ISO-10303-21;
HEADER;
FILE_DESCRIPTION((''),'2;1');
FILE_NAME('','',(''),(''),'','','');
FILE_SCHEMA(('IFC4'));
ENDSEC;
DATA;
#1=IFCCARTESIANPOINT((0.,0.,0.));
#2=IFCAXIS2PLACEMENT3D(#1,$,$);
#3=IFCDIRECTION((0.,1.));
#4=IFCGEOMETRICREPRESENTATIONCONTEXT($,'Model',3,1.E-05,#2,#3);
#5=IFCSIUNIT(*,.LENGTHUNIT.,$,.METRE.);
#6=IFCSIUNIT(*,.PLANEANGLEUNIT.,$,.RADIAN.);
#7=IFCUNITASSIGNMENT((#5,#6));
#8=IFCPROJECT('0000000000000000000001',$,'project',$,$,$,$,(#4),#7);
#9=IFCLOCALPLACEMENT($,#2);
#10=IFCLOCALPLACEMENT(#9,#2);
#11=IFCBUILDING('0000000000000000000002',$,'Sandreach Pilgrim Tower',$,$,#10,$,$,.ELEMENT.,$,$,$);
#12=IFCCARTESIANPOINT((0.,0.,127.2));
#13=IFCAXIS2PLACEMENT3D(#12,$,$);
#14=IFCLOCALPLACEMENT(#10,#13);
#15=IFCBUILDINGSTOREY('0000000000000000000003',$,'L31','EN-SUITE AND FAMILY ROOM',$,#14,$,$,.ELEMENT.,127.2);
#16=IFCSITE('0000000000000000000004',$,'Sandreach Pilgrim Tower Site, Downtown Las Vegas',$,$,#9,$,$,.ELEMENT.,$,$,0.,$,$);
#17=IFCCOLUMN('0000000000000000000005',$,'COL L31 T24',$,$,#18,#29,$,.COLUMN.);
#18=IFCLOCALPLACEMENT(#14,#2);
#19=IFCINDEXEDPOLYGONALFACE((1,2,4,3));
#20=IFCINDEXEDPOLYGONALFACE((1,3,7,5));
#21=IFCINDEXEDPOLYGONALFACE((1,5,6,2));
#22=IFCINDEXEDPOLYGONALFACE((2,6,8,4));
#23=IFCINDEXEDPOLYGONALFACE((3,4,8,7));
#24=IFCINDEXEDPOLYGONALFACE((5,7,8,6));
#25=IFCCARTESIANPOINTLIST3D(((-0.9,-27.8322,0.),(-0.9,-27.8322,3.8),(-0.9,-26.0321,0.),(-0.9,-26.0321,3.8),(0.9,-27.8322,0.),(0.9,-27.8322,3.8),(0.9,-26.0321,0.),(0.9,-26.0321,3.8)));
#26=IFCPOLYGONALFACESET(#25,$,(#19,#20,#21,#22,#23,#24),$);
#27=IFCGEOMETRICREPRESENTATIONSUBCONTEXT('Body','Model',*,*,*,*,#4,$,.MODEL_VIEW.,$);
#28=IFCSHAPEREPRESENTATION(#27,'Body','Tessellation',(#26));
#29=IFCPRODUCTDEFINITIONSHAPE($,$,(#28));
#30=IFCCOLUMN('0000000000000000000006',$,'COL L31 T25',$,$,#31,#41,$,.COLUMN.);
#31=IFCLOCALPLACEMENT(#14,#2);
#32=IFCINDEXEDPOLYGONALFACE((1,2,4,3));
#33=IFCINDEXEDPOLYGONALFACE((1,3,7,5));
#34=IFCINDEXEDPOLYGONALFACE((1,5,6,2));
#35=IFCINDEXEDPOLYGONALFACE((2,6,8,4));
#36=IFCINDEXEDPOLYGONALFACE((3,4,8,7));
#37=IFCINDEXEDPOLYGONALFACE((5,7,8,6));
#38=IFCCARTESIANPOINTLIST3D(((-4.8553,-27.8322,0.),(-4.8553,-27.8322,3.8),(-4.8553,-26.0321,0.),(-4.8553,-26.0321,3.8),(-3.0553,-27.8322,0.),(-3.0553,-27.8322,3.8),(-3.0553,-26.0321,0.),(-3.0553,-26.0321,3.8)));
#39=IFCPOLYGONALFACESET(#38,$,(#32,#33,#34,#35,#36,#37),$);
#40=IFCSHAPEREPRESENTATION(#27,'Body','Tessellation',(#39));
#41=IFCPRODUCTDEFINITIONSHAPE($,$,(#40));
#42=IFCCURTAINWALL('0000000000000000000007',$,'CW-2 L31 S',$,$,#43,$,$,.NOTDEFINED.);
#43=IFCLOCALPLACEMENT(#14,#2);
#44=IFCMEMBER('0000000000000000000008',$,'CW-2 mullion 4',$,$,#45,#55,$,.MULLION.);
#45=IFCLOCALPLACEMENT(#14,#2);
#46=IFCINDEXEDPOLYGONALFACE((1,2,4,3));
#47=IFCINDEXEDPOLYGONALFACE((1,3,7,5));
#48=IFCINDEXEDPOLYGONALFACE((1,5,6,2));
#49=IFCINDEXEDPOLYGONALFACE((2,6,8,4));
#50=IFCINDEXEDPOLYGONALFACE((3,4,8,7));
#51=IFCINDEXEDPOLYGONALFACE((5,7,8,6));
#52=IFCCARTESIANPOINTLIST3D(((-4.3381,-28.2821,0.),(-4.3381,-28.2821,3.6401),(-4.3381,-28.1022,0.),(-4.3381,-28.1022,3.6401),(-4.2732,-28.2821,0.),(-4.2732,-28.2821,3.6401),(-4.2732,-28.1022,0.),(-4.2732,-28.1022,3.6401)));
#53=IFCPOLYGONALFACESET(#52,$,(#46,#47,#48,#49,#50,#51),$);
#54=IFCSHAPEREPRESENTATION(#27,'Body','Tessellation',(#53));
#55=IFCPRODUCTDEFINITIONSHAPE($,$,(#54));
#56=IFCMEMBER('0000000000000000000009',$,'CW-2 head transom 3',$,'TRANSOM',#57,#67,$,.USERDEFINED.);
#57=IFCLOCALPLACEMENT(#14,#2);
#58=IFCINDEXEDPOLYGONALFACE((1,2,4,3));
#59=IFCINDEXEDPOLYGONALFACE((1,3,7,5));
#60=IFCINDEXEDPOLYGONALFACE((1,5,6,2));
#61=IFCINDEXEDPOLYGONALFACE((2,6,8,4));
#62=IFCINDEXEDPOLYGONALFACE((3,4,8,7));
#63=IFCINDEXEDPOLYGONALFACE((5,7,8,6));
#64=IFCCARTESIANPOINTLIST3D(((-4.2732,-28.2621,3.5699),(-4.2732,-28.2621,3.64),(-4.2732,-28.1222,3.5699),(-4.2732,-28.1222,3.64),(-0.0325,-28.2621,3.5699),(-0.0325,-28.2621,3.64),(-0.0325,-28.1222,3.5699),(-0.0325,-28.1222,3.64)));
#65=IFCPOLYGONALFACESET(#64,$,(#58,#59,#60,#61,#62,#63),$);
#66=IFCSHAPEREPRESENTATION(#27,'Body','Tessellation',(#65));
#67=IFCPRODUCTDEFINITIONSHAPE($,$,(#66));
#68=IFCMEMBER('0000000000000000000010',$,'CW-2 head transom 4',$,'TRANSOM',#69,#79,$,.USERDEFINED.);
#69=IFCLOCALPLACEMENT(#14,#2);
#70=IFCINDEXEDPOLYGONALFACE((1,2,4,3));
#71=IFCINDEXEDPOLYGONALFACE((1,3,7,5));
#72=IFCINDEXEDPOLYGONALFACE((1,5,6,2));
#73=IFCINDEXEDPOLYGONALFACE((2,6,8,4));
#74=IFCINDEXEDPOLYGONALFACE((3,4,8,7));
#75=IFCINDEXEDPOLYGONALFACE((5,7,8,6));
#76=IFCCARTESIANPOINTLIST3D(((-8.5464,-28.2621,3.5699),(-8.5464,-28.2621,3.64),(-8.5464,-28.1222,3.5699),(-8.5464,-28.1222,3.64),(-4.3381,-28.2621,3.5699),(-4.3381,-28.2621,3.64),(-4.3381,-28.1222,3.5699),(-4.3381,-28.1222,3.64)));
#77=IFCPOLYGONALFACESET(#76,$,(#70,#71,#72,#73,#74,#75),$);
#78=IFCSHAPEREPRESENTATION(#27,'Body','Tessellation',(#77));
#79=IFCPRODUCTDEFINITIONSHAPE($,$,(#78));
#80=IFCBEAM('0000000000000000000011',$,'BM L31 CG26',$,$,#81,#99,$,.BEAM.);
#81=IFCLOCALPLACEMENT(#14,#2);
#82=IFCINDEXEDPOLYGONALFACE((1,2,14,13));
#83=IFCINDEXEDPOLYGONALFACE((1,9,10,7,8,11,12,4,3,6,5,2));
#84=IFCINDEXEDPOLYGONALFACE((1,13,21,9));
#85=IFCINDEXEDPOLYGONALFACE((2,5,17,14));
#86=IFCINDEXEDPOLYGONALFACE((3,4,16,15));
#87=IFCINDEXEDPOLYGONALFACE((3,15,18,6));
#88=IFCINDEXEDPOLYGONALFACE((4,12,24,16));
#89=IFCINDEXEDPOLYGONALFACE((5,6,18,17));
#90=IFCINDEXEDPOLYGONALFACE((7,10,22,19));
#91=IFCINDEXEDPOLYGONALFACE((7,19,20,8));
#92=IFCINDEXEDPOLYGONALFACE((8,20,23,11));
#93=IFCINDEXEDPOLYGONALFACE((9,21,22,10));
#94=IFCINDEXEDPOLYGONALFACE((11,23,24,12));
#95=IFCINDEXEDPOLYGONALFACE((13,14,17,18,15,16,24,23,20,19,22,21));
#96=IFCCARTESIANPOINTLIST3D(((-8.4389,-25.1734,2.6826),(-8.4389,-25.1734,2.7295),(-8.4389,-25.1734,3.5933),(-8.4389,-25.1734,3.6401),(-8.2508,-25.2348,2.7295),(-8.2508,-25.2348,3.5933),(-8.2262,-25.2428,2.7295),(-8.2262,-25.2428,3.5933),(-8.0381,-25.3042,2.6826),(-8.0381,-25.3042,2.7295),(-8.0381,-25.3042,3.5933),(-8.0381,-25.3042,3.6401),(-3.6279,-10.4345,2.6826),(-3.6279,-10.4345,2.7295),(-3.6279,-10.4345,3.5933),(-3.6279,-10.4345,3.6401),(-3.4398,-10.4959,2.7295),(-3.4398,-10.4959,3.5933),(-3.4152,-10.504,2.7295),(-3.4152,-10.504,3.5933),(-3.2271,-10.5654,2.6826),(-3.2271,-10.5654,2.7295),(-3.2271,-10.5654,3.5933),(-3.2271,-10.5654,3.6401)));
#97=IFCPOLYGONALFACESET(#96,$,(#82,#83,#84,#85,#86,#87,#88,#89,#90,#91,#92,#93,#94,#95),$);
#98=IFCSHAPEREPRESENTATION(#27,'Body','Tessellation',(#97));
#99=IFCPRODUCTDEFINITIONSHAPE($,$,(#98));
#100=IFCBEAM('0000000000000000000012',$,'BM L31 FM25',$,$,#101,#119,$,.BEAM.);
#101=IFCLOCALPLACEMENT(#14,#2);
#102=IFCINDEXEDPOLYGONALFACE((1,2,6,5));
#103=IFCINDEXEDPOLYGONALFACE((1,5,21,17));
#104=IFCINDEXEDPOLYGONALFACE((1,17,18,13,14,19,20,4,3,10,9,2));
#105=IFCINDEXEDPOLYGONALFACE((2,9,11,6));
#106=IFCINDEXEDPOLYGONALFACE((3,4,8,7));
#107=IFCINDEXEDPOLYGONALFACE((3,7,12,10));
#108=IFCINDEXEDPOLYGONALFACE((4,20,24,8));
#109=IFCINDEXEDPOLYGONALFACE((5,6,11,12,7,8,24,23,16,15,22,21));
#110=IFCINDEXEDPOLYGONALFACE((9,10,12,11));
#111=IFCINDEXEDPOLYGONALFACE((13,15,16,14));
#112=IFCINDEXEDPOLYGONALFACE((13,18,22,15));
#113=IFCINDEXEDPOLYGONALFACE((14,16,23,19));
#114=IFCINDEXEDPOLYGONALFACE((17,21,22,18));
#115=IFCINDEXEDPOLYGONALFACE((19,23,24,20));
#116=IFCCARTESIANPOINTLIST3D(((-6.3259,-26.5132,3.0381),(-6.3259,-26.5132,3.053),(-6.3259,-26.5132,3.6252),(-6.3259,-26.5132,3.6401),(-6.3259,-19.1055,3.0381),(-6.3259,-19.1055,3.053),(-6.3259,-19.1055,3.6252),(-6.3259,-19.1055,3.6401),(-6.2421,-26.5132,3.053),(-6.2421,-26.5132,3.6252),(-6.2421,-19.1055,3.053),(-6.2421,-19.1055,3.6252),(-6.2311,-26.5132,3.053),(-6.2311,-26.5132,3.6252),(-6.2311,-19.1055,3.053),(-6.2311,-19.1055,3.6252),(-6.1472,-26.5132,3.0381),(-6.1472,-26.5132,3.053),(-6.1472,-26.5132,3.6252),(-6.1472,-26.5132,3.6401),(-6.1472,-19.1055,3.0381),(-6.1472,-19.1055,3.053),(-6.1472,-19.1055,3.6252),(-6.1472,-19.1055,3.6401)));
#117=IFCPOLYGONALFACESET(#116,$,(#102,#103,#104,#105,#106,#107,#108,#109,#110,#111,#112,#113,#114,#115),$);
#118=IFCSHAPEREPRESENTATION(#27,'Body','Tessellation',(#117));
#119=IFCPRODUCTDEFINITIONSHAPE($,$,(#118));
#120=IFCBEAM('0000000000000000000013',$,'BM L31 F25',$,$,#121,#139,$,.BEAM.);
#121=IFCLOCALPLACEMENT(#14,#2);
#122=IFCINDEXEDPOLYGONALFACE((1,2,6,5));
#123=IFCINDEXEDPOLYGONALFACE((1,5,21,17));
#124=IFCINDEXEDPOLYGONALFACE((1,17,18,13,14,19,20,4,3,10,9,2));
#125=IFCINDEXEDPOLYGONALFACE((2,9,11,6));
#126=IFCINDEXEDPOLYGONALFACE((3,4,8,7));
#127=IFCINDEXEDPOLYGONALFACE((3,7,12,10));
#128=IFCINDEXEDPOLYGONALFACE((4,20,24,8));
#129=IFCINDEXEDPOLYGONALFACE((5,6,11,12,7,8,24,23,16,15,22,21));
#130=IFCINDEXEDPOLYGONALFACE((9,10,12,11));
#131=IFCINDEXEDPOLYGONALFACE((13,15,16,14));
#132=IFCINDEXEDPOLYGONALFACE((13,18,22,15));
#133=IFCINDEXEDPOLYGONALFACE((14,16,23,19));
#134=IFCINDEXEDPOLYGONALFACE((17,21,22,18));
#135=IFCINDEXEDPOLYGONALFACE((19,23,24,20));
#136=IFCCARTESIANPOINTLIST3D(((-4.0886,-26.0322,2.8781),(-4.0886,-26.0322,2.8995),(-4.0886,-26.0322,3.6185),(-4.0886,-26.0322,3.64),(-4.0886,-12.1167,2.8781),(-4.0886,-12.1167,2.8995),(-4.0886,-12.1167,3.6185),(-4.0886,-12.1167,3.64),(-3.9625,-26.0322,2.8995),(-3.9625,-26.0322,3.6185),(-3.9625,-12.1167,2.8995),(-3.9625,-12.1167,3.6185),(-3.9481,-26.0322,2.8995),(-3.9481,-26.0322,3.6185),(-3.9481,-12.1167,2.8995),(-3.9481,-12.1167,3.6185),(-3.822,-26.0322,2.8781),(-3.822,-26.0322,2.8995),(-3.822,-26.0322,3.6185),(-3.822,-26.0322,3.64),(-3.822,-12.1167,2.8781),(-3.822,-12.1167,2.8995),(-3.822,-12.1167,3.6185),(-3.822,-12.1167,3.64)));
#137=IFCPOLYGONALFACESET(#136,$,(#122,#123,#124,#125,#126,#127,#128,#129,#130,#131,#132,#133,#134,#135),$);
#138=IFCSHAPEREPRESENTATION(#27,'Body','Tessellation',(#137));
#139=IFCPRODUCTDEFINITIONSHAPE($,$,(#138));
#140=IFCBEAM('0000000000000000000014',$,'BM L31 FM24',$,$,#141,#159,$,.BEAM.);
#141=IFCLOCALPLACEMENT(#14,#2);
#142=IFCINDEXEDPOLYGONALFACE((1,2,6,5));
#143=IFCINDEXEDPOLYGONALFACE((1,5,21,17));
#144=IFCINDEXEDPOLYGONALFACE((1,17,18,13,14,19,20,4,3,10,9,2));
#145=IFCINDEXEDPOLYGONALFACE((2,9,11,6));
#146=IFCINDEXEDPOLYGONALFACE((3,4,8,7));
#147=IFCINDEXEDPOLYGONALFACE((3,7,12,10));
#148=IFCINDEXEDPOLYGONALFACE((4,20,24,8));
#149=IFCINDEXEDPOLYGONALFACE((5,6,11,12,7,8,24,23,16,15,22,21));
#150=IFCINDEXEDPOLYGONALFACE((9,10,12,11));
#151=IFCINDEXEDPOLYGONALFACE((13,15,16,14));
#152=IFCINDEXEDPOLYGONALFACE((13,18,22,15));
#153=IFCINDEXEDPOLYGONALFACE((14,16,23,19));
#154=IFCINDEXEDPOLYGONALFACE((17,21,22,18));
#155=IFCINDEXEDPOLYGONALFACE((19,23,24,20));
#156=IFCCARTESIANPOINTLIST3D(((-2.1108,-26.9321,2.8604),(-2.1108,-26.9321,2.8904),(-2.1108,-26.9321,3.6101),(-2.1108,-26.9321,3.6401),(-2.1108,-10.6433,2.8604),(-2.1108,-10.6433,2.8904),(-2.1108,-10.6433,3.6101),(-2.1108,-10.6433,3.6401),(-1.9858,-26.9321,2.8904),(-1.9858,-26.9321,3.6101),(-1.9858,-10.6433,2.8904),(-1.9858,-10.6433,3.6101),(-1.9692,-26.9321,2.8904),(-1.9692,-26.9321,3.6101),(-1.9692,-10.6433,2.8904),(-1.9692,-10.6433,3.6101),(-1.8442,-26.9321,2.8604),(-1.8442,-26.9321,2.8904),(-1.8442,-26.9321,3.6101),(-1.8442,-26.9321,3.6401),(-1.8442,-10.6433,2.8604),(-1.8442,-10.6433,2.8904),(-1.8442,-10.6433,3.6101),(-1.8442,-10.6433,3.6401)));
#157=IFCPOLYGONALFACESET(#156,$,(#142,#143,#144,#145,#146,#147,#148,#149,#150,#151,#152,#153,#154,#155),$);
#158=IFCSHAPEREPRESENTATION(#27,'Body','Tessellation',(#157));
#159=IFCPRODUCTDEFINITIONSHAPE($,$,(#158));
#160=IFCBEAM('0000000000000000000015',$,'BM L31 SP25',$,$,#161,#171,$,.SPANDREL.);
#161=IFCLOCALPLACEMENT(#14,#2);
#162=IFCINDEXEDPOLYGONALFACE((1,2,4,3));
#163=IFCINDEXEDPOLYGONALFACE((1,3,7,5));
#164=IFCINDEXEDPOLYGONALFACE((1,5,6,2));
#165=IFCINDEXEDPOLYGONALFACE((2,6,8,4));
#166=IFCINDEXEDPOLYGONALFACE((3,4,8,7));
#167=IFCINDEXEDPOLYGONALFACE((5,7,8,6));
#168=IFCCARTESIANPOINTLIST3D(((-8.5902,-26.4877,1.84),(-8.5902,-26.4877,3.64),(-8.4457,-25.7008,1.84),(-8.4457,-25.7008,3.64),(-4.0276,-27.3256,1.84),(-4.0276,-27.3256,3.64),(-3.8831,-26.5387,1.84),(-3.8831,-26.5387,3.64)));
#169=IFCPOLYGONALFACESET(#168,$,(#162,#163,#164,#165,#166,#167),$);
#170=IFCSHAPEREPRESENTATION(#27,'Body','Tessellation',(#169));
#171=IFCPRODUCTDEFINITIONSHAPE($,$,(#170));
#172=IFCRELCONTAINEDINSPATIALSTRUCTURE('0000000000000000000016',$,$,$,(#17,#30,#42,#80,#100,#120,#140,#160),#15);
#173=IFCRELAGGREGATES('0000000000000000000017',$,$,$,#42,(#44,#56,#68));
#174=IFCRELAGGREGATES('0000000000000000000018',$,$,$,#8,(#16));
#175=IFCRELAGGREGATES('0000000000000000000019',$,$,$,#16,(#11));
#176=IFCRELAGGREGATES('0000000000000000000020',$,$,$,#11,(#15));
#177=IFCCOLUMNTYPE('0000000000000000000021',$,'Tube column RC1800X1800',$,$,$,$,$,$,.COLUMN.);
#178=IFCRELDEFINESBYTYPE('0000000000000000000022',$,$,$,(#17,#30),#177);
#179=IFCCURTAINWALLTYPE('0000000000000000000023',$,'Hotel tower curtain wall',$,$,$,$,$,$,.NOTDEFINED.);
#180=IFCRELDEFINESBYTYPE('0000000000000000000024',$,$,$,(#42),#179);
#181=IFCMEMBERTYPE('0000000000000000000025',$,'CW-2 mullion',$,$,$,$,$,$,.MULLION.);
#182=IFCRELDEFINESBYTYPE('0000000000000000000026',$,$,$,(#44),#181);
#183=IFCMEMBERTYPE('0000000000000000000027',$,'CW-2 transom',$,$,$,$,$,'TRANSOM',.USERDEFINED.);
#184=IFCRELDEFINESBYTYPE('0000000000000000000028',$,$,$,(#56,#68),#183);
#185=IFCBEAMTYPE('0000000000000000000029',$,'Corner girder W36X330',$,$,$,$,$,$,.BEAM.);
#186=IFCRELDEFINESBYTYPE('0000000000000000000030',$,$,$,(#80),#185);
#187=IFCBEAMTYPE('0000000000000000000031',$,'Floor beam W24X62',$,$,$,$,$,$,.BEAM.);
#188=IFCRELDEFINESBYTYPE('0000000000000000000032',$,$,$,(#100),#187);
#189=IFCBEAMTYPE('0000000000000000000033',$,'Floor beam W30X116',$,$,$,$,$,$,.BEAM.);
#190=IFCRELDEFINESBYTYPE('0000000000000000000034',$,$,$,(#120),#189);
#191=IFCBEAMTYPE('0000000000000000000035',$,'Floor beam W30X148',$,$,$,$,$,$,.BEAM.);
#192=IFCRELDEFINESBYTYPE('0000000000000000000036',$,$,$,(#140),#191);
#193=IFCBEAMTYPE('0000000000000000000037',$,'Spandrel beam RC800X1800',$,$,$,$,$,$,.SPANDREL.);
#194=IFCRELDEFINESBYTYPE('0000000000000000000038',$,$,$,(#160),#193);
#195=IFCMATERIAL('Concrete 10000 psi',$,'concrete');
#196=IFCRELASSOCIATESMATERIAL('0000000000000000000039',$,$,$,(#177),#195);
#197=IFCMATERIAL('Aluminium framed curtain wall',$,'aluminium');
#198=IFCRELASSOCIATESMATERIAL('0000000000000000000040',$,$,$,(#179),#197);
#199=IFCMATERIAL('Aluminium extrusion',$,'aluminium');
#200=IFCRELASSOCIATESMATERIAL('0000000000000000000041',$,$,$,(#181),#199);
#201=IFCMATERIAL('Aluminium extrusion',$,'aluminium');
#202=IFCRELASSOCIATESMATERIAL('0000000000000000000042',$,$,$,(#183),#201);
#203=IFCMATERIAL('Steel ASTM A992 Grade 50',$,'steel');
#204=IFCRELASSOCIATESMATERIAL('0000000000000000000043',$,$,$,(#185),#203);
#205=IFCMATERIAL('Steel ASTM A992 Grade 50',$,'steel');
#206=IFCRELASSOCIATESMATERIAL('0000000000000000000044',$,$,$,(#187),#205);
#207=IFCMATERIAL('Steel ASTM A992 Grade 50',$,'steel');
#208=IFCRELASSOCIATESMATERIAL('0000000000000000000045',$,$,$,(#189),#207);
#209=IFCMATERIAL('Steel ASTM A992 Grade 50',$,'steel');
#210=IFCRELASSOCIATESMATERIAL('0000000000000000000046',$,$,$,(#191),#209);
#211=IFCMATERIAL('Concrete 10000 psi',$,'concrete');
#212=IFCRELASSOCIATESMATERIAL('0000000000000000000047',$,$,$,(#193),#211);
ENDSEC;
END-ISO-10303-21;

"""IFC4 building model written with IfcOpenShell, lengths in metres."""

from ifc_helpers import new_model, si_unit, direction, frame, origin, origin_2d, place, context, subcontext, project, spatial, rectangle, i_section, extrude, material, material_profile, profile_set, type_object, element, aggregate, save


model = new_model("IFC4")

# Units and contexts
model_context = context("Model", 3, precision=1e-05, world=origin(), true_north=direction((0.0, 1.0)))
body_context = subcontext(model_context, "Body", "Model", "MODEL_VIEW")
ifc_project = project(units=[si_unit("LENGTHUNIT", "METRE"), si_unit("PLANEANGLEUNIT", "RADIAN")], contexts=[model_context])

# Site, building, storey
site_placement = place(None, origin())
site = spatial("IfcSite", under=ifc_project, at=site_placement, Name="Sandreach Pilgrim Tower Site, Downtown Las Vegas", CompositionType="ELEMENT", RefElevation=0.0)
building_placement = place(site_placement, origin())
building = spatial("IfcBuilding", under=site, at=building_placement, Name="Sandreach Pilgrim Tower", CompositionType="ELEMENT")
storey_placement = place(building_placement, frame((0.0, 0.0, 127.2)))
storey = spatial("IfcBuildingStorey", under=building, at=storey_placement, Name="L31", Description="EN-SUITE AND FAMILY ROOM", CompositionType="ELEMENT", Elevation=127.2)

# Columns
ifc_material_1 = material(Name="Concrete 10000 psi", Category="concrete")
ifc_material_profile_1 = material_profile(ifc_material_1, rectangle(XDim=1.8, YDim=1.8, at=origin_2d()), Name="RC1800X1800")
ifc_profile_set_1 = profile_set([ifc_material_profile_1], Name="Concrete 10000 psi")
column_type = type_object("IfcColumnType", Name="Tube column RC1800X1800", PredefinedType="COLUMN", material=ifc_profile_set_1)
for number, where, z_axis, x_axis, name in (
    (1, (0.0, -26.9321, 0.0), (0.0, 0.0, 1.0), (0.0, -1.0, 0.0), "COL L31 T24"),
    (2, (-3.9553, -26.9321, 0.0), (0.0, 0.0, 1.0), (0.0, -1.0, 0.0), "COL L31 T25"),
):
    element("IfcColumn", number, at=place(storey_placement, frame(where, z_axis=z_axis, x_axis=x_axis)), inside=storey, type_object=column_type, Name=name, PredefinedType="COLUMN", context=body_context, shape_type="SweptSolid", body=[
        extrude(rectangle(XDim=1.8, YDim=1.8, at=origin_2d()), origin(), (0.0, 0.0, 1.0), 3.8),
    ])

# Curtain wall, members
ifc_material_2 = material(Name="Aluminium framed curtain wall", Category="aluminium")
curtain_wall_type = type_object("IfcCurtainWallType", Name="Hotel tower curtain wall", PredefinedType="NOTDEFINED", material=ifc_material_2)
curtain_wall_placement = place(storey_placement, origin())
curtain_wall = element("IfcCurtainWall", 3, at=curtain_wall_placement, inside=storey, type_object=curtain_wall_type, Name="CW-2 L31 S", PredefinedType="NOTDEFINED")
ifc_material_3 = material(Name="Aluminium extrusion", Category="aluminium")
ifc_material_profile_2 = material_profile(ifc_material_3, rectangle(XDim=0.0649, YDim=0.1799, at=origin_2d()), Name="CW-2M 65X180")
ifc_profile_set_2 = profile_set([ifc_material_profile_2], Name="Aluminium extrusion")
member_type_1 = type_object("IfcMemberType", Name="CW-2 mullion", PredefinedType="MULLION", material=ifc_profile_set_2)
member_1_placement = place(storey_placement, frame((-4.3057, -28.1921, 0.0), z_axis=(0.0, 0.0, 1.0), x_axis=(-1.0, 0.0, 0.0)))
member_1 = element("IfcMember", 4, at=member_1_placement, type_object=member_type_1, Name="CW-2 mullion 4", PredefinedType="MULLION", context=body_context, shape_type="SweptSolid", body=[
    extrude(rectangle(XDim=0.0649, YDim=0.1799, at=origin_2d()), origin(), (0.0, 0.0, 1.0), 3.6401),
])
ifc_material_4 = material(Name="Aluminium extrusion", Category="aluminium")
ifc_material_profile_3 = material_profile(ifc_material_4, rectangle(XDim=0.1399, YDim=0.0701, at=origin_2d()), Name="CW-2T 140X70")
ifc_profile_set_3 = profile_set([ifc_material_profile_3], Name="Aluminium extrusion")
member_type_2 = type_object("IfcMemberType", Name="CW-2 transom", ElementType="TRANSOM", PredefinedType="USERDEFINED", material=ifc_profile_set_3)
member_2_placement = place(storey_placement, frame((-0.0325, -28.1921, 3.605), z_axis=(-1.0, 0.0, 0.0), x_axis=(0.0, -1.0, 0.0)))
member_2 = element("IfcMember", 5, at=member_2_placement, type_object=member_type_2, Name="CW-2 head transom 3", ObjectType="TRANSOM", PredefinedType="USERDEFINED", context=body_context, shape_type="SweptSolid", body=[
    extrude(rectangle(XDim=0.1399, YDim=0.0701, at=origin_2d()), origin(), (0.0, 0.0, 1.0), 4.2407),
])
member_3_placement = place(storey_placement, frame((-4.3381, -28.1921, 3.605), z_axis=(-1.0, 0.0, 0.0), x_axis=(0.0, -1.0, 0.0)))
member_3 = element("IfcMember", 6, at=member_3_placement, type_object=member_type_2, Name="CW-2 head transom 4", ObjectType="TRANSOM", PredefinedType="USERDEFINED", context=body_context, shape_type="SweptSolid", body=[
    extrude(rectangle(XDim=0.1399, YDim=0.0701, at=origin_2d()), origin(), (0.0, 0.0, 1.0), 4.2083),
])

# Beams
ifc_material_5 = material(Name="Steel ASTM A992 Grade 50", Category="steel")
ifc_material_profile_4 = material_profile(ifc_material_5, i_section(OverallWidth=0.4216, OverallDepth=0.9575, WebThickness=0.0259, FlangeThickness=0.0469, at=origin_2d()), Name="W36X330")
ifc_profile_set_4 = profile_set([ifc_material_profile_4], Name="Steel ASTM A992 Grade 50")
beam_type_1 = type_object("IfcBeamType", Name="Corner girder W36X330", PredefinedType="BEAM", material=ifc_profile_set_4)
beam_1_placement = place(storey_placement, frame((-8.2385, -25.2388, 3.1614), z_axis=(0.310307, 0.950636, 0.0), x_axis=(-0.950636, 0.310307, 0.0)))
element("IfcBeam", 7, at=beam_1_placement, inside=storey, type_object=beam_type_1, Name="BM L31 CG26", PredefinedType="BEAM", context=body_context, shape_type="SweptSolid", body=[
    extrude(i_section(OverallWidth=0.4216, OverallDepth=0.9575, WebThickness=0.0259, FlangeThickness=0.0469, at=origin_2d()), origin(), (0.0, 0.0, 1.0), 15.5042),
])
ifc_material_6 = material(Name="Steel ASTM A992 Grade 50", Category="steel")
ifc_material_profile_5 = material_profile(ifc_material_6, i_section(OverallWidth=0.1787, OverallDepth=0.6021, WebThickness=0.011, FlangeThickness=0.0149, at=origin_2d()), Name="W24X62")
ifc_profile_set_5 = profile_set([ifc_material_profile_5], Name="Steel ASTM A992 Grade 50")
beam_type_2 = type_object("IfcBeamType", Name="Floor beam W24X62", PredefinedType="BEAM", material=ifc_profile_set_5)
beam_2_placement = place(storey_placement, frame((-6.2366, -26.5132, 3.3391), z_axis=(0.0, 1.0, 0.0), x_axis=(-1.0, 0.0, 0.0)))
element("IfcBeam", 8, at=beam_2_placement, inside=storey, type_object=beam_type_2, Name="BM L31 FM25", PredefinedType="BEAM", context=body_context, shape_type="SweptSolid", body=[
    extrude(i_section(OverallWidth=0.1787, OverallDepth=0.6021, WebThickness=0.011, FlangeThickness=0.0149, at=origin_2d()), origin(), (0.0, 0.0, 1.0), 7.4077),
])
ifc_material_7 = material(Name="Steel ASTM A992 Grade 50", Category="steel")
ifc_material_profile_6 = material_profile(ifc_material_7, i_section(OverallWidth=0.2666, OverallDepth=0.762, WebThickness=0.0144, FlangeThickness=0.0215, at=origin_2d()), Name="W30X116")
ifc_profile_set_6 = profile_set([ifc_material_profile_6], Name="Steel ASTM A992 Grade 50")
beam_type_3 = type_object("IfcBeamType", Name="Floor beam W30X116", PredefinedType="BEAM", material=ifc_profile_set_6)
beam_3_placement = place(storey_placement, frame((-3.9553, -26.0322, 3.259), z_axis=(0.0, 1.0, 0.0), x_axis=(-1.0, 0.0, 0.0)))
element("IfcBeam", 9, at=beam_3_placement, inside=storey, type_object=beam_type_3, Name="BM L31 F25", PredefinedType="BEAM", context=body_context, shape_type="SweptSolid", body=[
    extrude(i_section(OverallWidth=0.2666, OverallDepth=0.762, WebThickness=0.0144, FlangeThickness=0.0215, at=origin_2d()), origin(), (0.0, 0.0, 1.0), 13.9155),
])
ifc_material_8 = material(Name="Steel ASTM A992 Grade 50", Category="steel")
ifc_material_profile_7 = material_profile(ifc_material_8, i_section(OverallWidth=0.2666, OverallDepth=0.7798, WebThickness=0.0166, FlangeThickness=0.03, at=origin_2d()), Name="W30X148")
ifc_profile_set_7 = profile_set([ifc_material_profile_7], Name="Steel ASTM A992 Grade 50")
beam_type_4 = type_object("IfcBeamType", Name="Floor beam W30X148", PredefinedType="BEAM", material=ifc_profile_set_7)
beam_4_placement = place(storey_placement, frame((-1.9775, -26.9321, 3.2502), z_axis=(0.0, 1.0, 0.0), x_axis=(-1.0, 0.0, 0.0)))
element("IfcBeam", 10, at=beam_4_placement, inside=storey, type_object=beam_type_4, Name="BM L31 FM24", PredefinedType="BEAM", context=body_context, shape_type="SweptSolid", body=[
    extrude(i_section(OverallWidth=0.2666, OverallDepth=0.7798, WebThickness=0.0166, FlangeThickness=0.03, at=origin_2d()), origin(), (0.0, 0.0, 1.0), 16.2888),
])
ifc_material_9 = material(Name="Concrete 10000 psi", Category="concrete")
ifc_material_profile_8 = material_profile(ifc_material_9, rectangle(XDim=0.8, YDim=1.8, at=origin_2d()), Name="RC800X1800")
ifc_profile_set_8 = profile_set([ifc_material_profile_8], Name="Concrete 10000 psi")
beam_type_5 = type_object("IfcBeamType", Name="Spandrel beam RC800X1800", PredefinedType="SPANDREL", material=ifc_profile_set_8)
beam_5_placement = place(storey_placement, frame((-3.9553, -26.9321, 2.74), z_axis=(-0.983552, 0.180627, 0.0), x_axis=(-0.180627, -0.983552, 0.0)))
element("IfcBeam", 11, at=beam_5_placement, inside=storey, type_object=beam_type_5, Name="BM L31 SP25", PredefinedType="SPANDREL", context=body_context, shape_type="SweptSolid", body=[
    extrude(rectangle(XDim=0.8, YDim=1.8, at=origin_2d()), origin(), (0.0, 0.0, 1.0), 4.6389),
])

aggregate(curtain_wall, [member_1, member_2, member_3])

save(model, "model.ifc")
